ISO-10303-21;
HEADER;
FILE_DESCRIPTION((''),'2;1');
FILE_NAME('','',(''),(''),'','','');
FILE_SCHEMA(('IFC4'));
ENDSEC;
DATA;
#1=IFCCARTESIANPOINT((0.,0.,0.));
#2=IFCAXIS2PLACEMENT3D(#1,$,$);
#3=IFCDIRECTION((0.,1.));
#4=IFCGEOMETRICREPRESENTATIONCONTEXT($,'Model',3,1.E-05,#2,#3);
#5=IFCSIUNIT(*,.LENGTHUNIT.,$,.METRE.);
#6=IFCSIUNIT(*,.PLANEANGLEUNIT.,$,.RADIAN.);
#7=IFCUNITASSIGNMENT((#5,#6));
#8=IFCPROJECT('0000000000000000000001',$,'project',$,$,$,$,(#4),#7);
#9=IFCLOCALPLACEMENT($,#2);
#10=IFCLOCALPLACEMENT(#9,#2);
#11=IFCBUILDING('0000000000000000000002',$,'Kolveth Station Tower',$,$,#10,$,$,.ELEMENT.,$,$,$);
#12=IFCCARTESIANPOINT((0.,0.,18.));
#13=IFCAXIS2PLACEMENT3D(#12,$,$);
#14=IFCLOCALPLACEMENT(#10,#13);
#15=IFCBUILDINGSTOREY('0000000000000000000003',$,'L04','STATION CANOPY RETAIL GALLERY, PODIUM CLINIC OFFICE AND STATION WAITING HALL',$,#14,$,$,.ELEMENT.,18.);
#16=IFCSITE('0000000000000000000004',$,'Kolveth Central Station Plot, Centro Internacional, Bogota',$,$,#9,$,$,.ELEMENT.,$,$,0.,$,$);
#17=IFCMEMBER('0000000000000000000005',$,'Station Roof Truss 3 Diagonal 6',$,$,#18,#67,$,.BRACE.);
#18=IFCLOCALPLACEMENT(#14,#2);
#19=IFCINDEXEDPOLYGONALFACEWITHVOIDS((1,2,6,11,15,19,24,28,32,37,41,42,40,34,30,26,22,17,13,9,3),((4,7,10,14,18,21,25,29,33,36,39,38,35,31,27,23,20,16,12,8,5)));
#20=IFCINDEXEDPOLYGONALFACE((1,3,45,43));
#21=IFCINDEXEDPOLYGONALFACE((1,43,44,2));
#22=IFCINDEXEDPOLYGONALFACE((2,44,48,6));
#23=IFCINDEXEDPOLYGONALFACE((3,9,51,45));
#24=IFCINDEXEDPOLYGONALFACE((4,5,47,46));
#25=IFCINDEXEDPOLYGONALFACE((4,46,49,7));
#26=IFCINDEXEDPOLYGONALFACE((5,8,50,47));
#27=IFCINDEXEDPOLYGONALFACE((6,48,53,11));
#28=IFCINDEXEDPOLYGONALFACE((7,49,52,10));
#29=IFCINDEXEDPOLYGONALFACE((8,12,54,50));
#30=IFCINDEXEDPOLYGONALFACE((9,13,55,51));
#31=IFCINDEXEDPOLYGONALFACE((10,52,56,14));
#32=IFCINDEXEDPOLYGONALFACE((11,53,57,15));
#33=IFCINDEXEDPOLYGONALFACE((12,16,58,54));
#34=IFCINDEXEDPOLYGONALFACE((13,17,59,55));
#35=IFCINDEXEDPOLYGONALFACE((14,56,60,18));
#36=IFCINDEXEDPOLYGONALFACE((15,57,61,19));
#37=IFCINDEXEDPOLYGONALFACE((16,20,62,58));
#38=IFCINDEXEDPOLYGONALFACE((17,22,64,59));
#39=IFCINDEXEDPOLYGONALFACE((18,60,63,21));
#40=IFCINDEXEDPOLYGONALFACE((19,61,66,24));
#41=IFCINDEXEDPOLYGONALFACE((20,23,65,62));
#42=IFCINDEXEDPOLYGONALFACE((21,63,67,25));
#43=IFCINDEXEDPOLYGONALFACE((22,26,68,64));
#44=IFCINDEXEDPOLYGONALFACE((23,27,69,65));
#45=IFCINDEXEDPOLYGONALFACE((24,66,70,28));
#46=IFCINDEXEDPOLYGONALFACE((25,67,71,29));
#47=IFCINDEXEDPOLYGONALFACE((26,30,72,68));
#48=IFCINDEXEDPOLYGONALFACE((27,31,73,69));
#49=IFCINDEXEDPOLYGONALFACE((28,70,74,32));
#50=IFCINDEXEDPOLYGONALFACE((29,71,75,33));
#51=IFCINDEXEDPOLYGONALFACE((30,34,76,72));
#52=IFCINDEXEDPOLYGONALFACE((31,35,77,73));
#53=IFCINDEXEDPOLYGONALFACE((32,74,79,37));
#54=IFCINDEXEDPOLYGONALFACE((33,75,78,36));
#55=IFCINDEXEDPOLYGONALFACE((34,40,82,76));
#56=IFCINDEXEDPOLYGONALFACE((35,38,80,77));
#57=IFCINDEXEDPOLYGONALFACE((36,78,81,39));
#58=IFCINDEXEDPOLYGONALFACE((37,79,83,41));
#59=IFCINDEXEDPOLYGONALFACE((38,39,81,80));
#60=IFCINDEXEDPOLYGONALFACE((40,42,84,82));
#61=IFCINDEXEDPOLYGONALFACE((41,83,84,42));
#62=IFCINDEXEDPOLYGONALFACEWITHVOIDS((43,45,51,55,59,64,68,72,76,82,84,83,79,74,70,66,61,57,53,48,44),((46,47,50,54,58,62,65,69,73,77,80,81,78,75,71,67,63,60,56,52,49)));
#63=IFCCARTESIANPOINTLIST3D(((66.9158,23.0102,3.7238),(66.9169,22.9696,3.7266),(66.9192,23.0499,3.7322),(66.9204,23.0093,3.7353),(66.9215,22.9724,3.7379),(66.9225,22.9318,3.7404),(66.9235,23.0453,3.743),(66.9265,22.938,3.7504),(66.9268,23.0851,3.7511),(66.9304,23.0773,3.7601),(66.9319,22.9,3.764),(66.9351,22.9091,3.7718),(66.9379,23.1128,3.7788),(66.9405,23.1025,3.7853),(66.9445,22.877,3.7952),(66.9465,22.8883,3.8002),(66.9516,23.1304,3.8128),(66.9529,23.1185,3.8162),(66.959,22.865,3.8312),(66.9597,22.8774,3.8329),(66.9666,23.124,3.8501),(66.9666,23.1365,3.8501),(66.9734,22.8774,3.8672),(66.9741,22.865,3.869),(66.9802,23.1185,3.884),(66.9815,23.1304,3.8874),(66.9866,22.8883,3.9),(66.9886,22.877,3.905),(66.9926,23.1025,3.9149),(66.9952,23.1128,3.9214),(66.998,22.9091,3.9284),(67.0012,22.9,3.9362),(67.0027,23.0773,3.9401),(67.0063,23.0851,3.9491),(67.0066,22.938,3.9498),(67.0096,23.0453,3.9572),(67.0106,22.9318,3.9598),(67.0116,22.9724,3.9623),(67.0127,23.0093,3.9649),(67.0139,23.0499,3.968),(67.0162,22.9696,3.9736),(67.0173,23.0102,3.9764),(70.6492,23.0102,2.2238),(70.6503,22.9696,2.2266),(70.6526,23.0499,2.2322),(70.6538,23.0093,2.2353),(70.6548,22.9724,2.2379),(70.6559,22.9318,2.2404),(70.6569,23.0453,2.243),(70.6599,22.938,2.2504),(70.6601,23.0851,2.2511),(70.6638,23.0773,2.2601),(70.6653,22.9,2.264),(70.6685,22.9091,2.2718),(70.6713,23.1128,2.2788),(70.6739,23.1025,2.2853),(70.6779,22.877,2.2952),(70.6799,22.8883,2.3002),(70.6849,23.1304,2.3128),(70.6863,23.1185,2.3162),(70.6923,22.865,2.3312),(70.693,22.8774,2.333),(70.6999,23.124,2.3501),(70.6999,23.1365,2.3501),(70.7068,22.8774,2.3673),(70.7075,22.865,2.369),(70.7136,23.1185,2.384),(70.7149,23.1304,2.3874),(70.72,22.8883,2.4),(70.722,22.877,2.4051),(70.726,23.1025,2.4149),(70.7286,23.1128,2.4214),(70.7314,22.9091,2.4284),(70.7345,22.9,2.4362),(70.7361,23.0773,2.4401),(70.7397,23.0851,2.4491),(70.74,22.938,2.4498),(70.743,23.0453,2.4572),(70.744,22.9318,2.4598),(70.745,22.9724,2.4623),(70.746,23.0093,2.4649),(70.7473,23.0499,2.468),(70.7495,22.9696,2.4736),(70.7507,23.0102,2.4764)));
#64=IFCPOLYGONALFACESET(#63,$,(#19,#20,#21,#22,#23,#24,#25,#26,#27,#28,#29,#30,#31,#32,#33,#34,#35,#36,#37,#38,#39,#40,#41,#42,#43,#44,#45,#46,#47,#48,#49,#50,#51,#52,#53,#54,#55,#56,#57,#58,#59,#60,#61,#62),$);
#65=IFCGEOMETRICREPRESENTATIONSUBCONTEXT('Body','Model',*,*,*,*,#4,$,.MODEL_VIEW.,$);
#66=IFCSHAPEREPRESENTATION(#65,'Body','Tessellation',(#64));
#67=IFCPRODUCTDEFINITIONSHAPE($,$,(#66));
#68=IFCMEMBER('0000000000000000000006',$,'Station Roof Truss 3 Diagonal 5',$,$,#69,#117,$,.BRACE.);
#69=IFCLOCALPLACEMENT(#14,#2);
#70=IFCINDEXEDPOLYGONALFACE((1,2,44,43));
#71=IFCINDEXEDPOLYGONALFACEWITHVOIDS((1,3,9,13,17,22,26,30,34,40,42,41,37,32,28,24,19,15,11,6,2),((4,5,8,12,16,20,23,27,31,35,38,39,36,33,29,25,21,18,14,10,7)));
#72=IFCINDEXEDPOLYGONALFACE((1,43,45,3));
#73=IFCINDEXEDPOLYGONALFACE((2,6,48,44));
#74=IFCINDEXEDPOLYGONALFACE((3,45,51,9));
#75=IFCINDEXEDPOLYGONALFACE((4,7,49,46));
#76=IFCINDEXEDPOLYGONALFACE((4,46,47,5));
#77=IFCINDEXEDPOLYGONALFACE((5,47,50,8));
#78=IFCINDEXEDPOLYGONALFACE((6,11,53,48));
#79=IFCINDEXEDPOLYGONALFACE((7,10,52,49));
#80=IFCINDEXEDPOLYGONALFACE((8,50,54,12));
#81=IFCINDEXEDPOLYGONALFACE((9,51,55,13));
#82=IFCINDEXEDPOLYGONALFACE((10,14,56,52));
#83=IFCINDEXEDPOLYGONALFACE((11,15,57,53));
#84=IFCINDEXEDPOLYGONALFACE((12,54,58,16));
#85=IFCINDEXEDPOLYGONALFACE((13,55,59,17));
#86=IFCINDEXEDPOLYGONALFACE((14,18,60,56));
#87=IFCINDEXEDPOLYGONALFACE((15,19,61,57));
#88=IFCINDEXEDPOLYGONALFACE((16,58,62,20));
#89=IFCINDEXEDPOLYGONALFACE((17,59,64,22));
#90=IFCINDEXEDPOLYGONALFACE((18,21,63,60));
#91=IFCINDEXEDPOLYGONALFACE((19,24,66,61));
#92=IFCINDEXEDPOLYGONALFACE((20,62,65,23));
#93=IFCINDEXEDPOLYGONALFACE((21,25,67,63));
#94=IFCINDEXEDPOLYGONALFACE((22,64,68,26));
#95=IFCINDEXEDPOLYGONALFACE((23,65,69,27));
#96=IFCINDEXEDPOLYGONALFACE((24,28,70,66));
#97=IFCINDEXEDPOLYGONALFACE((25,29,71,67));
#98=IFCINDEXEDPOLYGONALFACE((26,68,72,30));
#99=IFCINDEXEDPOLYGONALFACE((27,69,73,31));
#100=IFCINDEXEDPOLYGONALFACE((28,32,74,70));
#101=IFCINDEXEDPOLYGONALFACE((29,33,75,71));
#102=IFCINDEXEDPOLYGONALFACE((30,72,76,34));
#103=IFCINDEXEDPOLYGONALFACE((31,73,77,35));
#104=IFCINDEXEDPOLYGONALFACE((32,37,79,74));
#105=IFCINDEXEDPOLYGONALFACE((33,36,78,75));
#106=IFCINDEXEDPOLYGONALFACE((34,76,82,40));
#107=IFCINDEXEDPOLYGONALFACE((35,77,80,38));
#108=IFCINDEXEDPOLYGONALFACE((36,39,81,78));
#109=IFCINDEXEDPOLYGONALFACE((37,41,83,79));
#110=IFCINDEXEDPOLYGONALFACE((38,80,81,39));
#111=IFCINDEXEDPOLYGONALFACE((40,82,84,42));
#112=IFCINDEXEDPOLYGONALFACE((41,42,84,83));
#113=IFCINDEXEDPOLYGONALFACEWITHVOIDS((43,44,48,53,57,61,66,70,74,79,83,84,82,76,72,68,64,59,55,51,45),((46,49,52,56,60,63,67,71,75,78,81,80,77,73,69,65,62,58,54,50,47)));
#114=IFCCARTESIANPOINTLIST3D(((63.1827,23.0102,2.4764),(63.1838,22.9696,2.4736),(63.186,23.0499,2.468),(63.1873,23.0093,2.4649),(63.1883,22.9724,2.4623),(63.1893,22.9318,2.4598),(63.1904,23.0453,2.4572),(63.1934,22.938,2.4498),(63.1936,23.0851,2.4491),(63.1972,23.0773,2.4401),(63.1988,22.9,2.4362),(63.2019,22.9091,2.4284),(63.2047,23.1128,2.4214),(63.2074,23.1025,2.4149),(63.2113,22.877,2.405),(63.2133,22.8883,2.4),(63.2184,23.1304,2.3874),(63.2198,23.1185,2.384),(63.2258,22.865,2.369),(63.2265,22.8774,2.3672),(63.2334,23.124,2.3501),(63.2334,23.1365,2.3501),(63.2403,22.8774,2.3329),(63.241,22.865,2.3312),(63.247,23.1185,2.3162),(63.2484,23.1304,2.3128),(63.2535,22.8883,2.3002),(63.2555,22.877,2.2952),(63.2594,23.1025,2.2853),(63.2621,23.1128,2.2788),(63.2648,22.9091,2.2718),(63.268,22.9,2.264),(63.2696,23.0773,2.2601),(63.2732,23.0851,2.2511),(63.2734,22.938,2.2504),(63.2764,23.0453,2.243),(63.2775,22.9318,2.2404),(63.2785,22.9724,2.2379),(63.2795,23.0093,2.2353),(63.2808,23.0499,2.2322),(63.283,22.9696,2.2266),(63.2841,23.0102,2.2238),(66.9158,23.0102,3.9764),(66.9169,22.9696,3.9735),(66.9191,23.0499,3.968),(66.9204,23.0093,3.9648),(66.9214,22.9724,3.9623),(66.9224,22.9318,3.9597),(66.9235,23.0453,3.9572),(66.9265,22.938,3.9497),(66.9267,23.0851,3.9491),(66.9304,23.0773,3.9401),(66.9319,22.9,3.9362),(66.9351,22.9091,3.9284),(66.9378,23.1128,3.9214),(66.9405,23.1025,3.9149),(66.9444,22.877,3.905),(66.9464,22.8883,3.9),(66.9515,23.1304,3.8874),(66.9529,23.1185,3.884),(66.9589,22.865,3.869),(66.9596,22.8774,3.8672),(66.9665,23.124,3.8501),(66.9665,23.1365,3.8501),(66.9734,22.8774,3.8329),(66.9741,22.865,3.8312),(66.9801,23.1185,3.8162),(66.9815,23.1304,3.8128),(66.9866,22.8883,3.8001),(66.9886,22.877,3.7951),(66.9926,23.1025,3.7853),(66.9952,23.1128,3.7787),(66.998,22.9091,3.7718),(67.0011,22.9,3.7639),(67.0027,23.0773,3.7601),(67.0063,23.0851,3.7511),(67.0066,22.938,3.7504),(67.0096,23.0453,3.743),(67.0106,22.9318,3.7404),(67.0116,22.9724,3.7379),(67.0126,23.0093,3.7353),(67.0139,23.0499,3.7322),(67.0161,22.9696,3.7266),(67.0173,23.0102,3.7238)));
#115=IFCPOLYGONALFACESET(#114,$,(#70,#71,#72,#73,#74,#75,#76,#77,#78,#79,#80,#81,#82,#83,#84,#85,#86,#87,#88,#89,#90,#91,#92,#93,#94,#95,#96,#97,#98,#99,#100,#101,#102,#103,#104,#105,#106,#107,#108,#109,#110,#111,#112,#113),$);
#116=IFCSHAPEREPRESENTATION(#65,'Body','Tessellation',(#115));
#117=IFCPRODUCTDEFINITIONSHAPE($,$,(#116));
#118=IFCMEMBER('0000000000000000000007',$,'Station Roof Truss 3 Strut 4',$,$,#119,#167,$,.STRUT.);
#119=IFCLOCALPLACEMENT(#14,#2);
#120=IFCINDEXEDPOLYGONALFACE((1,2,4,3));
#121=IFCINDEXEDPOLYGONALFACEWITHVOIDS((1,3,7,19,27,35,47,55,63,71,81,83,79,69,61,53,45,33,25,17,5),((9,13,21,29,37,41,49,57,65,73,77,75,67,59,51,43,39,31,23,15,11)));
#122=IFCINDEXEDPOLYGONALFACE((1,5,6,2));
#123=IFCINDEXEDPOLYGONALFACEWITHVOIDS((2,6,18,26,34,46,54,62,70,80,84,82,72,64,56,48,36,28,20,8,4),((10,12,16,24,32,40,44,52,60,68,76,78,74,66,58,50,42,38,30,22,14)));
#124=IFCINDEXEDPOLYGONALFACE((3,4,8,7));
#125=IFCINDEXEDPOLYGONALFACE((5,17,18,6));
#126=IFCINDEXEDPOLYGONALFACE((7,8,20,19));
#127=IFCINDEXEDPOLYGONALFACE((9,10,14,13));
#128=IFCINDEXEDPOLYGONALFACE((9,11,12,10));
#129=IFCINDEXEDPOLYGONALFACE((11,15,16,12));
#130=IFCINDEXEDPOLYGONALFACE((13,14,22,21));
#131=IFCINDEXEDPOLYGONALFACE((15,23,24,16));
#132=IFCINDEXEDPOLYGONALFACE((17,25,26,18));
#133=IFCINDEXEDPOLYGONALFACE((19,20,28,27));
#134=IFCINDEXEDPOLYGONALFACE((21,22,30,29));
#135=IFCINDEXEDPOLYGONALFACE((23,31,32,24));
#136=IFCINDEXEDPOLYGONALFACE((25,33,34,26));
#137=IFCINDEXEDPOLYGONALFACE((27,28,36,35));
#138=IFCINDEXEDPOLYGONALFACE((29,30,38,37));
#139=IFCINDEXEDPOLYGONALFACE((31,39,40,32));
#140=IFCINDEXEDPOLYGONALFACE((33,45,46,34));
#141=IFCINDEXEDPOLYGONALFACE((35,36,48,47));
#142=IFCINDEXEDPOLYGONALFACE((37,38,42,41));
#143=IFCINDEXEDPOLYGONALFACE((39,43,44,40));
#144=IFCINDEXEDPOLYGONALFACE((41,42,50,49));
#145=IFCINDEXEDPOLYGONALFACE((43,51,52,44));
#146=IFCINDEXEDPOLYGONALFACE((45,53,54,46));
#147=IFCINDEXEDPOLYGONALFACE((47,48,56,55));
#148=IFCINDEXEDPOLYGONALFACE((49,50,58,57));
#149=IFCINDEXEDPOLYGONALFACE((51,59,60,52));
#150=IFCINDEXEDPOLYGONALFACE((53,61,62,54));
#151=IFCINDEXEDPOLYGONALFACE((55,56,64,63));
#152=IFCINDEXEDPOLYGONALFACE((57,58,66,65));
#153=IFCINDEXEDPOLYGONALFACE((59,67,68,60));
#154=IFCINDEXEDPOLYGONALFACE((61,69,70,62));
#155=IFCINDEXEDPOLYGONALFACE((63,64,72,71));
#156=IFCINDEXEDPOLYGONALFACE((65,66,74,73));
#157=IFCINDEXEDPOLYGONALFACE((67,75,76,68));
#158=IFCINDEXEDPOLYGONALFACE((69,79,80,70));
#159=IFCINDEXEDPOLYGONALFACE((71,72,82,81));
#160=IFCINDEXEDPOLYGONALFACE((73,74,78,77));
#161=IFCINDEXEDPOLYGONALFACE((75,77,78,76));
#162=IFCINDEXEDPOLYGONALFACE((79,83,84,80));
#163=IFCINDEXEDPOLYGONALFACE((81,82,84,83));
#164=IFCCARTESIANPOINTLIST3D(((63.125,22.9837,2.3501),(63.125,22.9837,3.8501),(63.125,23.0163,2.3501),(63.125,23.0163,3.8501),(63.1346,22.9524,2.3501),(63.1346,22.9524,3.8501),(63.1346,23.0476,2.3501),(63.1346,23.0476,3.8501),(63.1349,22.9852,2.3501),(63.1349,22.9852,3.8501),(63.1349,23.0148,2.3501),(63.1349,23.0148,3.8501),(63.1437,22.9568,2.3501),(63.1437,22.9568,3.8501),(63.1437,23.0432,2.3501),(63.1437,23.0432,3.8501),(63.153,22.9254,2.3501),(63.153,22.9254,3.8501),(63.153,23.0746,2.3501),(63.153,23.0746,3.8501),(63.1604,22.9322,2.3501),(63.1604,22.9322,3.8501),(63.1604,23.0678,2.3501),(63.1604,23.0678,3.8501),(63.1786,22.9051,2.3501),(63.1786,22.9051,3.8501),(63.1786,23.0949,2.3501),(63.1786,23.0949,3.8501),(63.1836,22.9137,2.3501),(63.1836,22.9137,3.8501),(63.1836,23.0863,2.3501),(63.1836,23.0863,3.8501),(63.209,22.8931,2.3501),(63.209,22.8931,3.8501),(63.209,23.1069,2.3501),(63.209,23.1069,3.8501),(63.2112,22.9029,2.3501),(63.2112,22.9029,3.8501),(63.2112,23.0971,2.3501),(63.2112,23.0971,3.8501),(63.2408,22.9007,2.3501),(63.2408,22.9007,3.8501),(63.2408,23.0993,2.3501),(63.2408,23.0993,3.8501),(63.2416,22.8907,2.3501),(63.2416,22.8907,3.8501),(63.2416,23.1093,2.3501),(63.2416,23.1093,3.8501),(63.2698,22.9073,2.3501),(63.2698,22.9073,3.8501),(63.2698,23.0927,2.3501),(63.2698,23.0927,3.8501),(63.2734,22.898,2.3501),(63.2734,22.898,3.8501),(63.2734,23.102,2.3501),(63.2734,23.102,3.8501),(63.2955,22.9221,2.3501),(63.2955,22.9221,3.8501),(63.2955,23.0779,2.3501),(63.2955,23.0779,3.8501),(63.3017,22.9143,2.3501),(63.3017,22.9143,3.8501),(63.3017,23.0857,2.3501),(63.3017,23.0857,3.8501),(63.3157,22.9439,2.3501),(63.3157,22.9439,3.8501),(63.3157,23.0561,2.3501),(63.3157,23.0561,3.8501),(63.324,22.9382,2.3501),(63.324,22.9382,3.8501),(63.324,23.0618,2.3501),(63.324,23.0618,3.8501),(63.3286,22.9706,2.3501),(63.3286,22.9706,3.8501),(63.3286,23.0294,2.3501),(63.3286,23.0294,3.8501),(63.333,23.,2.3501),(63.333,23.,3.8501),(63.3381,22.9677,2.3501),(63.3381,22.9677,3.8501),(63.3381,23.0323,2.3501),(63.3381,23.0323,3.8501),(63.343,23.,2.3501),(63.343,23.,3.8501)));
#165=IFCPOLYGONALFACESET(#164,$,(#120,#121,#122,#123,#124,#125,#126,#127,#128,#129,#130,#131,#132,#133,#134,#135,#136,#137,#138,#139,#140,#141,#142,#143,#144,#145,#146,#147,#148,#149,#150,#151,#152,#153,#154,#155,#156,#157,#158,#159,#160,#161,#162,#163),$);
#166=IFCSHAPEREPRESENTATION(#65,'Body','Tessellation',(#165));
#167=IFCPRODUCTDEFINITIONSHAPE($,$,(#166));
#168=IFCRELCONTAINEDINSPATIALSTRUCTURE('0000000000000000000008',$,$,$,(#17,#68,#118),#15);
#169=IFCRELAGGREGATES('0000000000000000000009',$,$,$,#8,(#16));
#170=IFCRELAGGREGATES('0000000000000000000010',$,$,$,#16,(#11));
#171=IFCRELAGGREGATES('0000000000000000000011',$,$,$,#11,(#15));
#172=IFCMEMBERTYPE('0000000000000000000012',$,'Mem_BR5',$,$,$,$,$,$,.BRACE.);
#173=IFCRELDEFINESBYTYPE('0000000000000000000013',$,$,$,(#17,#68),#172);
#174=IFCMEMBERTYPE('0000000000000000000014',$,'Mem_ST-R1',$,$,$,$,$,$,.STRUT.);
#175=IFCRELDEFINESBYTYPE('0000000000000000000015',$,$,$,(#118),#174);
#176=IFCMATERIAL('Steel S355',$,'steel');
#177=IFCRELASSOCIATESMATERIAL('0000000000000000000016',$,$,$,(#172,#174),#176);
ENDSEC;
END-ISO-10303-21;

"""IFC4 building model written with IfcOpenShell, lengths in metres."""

from ifc_helpers import new_model, si_unit, direction, frame, origin, origin_2d, place, context, subcontext, project, spatial, hollow_circle, extrude, source, transform, mapped, material, material_profile, profile_set, type_object, element, save


model = new_model("IFC4")

# Units and contexts
model_context = context("Model", 3, precision=1e-05, world=origin(), true_north=direction((0.0, 1.0)))
body_context = subcontext(model_context, "Body", "Model", "MODEL_VIEW")
ifc_project = project(units=[si_unit("LENGTHUNIT", "METRE"), si_unit("PLANEANGLEUNIT", "RADIAN")], contexts=[model_context])

# Site, building, storey
site_placement = place(None, origin())
site = spatial("IfcSite", under=ifc_project, at=site_placement, Name="Kolveth Central Station Plot, Centro Internacional, Bogota", CompositionType="ELEMENT", RefElevation=0.0)
building_placement = place(site_placement, origin())
building = spatial("IfcBuilding", under=site, at=building_placement, Name="Kolveth Station Tower", CompositionType="ELEMENT")
storey_placement = place(building_placement, frame((0.0, 0.0, 18.0)))
storey = spatial("IfcBuildingStorey", under=building, at=storey_placement, Name="L04", Description="STATION CANOPY RETAIL GALLERY, PODIUM CLINIC OFFICE AND STATION WAITING HALL", CompositionType="ELEMENT", Elevation=18.0)

# Shared definitions
ifc_material_1 = material(Name="Steel S355", Category="steel")

# Members
ifc_material_profile_1 = material_profile(ifc_material_1, hollow_circle(Radius=0.1365, WallThickness=0.0125, at=origin_2d()), Name="CHS273x12.5")
ifc_profile_set_1 = profile_set([ifc_material_profile_1], Name="Steel S355")
member_type_1 = type_object("IfcMemberType", Name="Mem_BR5", PredefinedType="BRACE", material=ifc_profile_set_1)
shared_shape_1 = source(origin(), body_context, "Body", "SweptSolid", [
    extrude(hollow_circle(Radius=0.1365, WallThickness=0.0125, at=origin_2d()), origin(), (0.0, 0.0, 1.0), 4.0234),
])
member_1_placement = place(storey_placement, frame((66.9666, 23.0, 3.8501), z_axis=(0.927906, 0.0, -0.372813), x_axis=(0.0, 1.0, 0.0)))
element("IfcMember", 1, at=member_1_placement, inside=storey, type_object=member_type_1, Name="Station Roof Truss 3 Diagonal 6", PredefinedType="BRACE", context=body_context, shape_type="MappedRepresentation", body=[
    mapped(shared_shape_1, transform((0.0, 0.0, 0.0), x_axis=(1.0, 0.0, 0.0), y_axis=(0.0, 1.0, 0.0), z_axis=(0.0, 0.0, 1.0), scale=1.0)),
])
shared_shape_2 = source(origin(), body_context, "Body", "SweptSolid", [
    extrude(hollow_circle(Radius=0.1365, WallThickness=0.0125, at=origin_2d()), origin(), (0.0, 0.0, 1.0), 4.0232),
])
member_2_placement = place(storey_placement, frame((63.2334, 23.0, 2.3501), z_axis=(0.927898, 0.0, 0.372834), x_axis=(0.0, 1.0, 0.0)))
element("IfcMember", 2, at=member_2_placement, inside=storey, type_object=member_type_1, Name="Station Roof Truss 3 Diagonal 5", PredefinedType="BRACE", context=body_context, shape_type="MappedRepresentation", body=[
    mapped(shared_shape_2, transform((0.0, 0.0, 0.0), x_axis=(1.0, 0.0, 0.0), y_axis=(0.0, 1.0, 0.0), z_axis=(0.0, 0.0, 1.0), scale=1.0)),
])
ifc_material_profile_2 = material_profile(ifc_material_1, hollow_circle(Radius=0.1096, WallThickness=0.01, at=origin_2d()), Name="CHS219x10")
ifc_profile_set_2 = profile_set([ifc_material_profile_2], Name="Steel S355")
member_type_2 = type_object("IfcMemberType", Name="Mem_ST-R1", PredefinedType="STRUT", material=ifc_profile_set_2)
shared_shape_3 = source(origin(), body_context, "Body", "SweptSolid", [
    extrude(hollow_circle(Radius=0.1096, WallThickness=0.01, at=origin_2d()), origin(), (0.0, 0.0, 1.0), 1.5),
])
for number, where, z_axis, x_axis, name in (
    (3, (63.2334, 23.0, 2.3501), (0.0, 0.0, 1.0), (1.0, 0.0, 0.0), "Station Roof Truss 3 Strut 4"),
):
    element("IfcMember", number, at=place(storey_placement, frame(where, z_axis=z_axis, x_axis=x_axis)), inside=storey, type_object=member_type_2, Name=name, PredefinedType="STRUT", context=body_context, shape_type="MappedRepresentation", body=[
        mapped(shared_shape_3, transform((0.0, 0.0, 0.0), x_axis=(1.0, 0.0, 0.0), y_axis=(0.0, 1.0, 0.0), z_axis=(0.0, 0.0, 1.0), scale=1.0)),
    ])

save(model, "model.ifc")
